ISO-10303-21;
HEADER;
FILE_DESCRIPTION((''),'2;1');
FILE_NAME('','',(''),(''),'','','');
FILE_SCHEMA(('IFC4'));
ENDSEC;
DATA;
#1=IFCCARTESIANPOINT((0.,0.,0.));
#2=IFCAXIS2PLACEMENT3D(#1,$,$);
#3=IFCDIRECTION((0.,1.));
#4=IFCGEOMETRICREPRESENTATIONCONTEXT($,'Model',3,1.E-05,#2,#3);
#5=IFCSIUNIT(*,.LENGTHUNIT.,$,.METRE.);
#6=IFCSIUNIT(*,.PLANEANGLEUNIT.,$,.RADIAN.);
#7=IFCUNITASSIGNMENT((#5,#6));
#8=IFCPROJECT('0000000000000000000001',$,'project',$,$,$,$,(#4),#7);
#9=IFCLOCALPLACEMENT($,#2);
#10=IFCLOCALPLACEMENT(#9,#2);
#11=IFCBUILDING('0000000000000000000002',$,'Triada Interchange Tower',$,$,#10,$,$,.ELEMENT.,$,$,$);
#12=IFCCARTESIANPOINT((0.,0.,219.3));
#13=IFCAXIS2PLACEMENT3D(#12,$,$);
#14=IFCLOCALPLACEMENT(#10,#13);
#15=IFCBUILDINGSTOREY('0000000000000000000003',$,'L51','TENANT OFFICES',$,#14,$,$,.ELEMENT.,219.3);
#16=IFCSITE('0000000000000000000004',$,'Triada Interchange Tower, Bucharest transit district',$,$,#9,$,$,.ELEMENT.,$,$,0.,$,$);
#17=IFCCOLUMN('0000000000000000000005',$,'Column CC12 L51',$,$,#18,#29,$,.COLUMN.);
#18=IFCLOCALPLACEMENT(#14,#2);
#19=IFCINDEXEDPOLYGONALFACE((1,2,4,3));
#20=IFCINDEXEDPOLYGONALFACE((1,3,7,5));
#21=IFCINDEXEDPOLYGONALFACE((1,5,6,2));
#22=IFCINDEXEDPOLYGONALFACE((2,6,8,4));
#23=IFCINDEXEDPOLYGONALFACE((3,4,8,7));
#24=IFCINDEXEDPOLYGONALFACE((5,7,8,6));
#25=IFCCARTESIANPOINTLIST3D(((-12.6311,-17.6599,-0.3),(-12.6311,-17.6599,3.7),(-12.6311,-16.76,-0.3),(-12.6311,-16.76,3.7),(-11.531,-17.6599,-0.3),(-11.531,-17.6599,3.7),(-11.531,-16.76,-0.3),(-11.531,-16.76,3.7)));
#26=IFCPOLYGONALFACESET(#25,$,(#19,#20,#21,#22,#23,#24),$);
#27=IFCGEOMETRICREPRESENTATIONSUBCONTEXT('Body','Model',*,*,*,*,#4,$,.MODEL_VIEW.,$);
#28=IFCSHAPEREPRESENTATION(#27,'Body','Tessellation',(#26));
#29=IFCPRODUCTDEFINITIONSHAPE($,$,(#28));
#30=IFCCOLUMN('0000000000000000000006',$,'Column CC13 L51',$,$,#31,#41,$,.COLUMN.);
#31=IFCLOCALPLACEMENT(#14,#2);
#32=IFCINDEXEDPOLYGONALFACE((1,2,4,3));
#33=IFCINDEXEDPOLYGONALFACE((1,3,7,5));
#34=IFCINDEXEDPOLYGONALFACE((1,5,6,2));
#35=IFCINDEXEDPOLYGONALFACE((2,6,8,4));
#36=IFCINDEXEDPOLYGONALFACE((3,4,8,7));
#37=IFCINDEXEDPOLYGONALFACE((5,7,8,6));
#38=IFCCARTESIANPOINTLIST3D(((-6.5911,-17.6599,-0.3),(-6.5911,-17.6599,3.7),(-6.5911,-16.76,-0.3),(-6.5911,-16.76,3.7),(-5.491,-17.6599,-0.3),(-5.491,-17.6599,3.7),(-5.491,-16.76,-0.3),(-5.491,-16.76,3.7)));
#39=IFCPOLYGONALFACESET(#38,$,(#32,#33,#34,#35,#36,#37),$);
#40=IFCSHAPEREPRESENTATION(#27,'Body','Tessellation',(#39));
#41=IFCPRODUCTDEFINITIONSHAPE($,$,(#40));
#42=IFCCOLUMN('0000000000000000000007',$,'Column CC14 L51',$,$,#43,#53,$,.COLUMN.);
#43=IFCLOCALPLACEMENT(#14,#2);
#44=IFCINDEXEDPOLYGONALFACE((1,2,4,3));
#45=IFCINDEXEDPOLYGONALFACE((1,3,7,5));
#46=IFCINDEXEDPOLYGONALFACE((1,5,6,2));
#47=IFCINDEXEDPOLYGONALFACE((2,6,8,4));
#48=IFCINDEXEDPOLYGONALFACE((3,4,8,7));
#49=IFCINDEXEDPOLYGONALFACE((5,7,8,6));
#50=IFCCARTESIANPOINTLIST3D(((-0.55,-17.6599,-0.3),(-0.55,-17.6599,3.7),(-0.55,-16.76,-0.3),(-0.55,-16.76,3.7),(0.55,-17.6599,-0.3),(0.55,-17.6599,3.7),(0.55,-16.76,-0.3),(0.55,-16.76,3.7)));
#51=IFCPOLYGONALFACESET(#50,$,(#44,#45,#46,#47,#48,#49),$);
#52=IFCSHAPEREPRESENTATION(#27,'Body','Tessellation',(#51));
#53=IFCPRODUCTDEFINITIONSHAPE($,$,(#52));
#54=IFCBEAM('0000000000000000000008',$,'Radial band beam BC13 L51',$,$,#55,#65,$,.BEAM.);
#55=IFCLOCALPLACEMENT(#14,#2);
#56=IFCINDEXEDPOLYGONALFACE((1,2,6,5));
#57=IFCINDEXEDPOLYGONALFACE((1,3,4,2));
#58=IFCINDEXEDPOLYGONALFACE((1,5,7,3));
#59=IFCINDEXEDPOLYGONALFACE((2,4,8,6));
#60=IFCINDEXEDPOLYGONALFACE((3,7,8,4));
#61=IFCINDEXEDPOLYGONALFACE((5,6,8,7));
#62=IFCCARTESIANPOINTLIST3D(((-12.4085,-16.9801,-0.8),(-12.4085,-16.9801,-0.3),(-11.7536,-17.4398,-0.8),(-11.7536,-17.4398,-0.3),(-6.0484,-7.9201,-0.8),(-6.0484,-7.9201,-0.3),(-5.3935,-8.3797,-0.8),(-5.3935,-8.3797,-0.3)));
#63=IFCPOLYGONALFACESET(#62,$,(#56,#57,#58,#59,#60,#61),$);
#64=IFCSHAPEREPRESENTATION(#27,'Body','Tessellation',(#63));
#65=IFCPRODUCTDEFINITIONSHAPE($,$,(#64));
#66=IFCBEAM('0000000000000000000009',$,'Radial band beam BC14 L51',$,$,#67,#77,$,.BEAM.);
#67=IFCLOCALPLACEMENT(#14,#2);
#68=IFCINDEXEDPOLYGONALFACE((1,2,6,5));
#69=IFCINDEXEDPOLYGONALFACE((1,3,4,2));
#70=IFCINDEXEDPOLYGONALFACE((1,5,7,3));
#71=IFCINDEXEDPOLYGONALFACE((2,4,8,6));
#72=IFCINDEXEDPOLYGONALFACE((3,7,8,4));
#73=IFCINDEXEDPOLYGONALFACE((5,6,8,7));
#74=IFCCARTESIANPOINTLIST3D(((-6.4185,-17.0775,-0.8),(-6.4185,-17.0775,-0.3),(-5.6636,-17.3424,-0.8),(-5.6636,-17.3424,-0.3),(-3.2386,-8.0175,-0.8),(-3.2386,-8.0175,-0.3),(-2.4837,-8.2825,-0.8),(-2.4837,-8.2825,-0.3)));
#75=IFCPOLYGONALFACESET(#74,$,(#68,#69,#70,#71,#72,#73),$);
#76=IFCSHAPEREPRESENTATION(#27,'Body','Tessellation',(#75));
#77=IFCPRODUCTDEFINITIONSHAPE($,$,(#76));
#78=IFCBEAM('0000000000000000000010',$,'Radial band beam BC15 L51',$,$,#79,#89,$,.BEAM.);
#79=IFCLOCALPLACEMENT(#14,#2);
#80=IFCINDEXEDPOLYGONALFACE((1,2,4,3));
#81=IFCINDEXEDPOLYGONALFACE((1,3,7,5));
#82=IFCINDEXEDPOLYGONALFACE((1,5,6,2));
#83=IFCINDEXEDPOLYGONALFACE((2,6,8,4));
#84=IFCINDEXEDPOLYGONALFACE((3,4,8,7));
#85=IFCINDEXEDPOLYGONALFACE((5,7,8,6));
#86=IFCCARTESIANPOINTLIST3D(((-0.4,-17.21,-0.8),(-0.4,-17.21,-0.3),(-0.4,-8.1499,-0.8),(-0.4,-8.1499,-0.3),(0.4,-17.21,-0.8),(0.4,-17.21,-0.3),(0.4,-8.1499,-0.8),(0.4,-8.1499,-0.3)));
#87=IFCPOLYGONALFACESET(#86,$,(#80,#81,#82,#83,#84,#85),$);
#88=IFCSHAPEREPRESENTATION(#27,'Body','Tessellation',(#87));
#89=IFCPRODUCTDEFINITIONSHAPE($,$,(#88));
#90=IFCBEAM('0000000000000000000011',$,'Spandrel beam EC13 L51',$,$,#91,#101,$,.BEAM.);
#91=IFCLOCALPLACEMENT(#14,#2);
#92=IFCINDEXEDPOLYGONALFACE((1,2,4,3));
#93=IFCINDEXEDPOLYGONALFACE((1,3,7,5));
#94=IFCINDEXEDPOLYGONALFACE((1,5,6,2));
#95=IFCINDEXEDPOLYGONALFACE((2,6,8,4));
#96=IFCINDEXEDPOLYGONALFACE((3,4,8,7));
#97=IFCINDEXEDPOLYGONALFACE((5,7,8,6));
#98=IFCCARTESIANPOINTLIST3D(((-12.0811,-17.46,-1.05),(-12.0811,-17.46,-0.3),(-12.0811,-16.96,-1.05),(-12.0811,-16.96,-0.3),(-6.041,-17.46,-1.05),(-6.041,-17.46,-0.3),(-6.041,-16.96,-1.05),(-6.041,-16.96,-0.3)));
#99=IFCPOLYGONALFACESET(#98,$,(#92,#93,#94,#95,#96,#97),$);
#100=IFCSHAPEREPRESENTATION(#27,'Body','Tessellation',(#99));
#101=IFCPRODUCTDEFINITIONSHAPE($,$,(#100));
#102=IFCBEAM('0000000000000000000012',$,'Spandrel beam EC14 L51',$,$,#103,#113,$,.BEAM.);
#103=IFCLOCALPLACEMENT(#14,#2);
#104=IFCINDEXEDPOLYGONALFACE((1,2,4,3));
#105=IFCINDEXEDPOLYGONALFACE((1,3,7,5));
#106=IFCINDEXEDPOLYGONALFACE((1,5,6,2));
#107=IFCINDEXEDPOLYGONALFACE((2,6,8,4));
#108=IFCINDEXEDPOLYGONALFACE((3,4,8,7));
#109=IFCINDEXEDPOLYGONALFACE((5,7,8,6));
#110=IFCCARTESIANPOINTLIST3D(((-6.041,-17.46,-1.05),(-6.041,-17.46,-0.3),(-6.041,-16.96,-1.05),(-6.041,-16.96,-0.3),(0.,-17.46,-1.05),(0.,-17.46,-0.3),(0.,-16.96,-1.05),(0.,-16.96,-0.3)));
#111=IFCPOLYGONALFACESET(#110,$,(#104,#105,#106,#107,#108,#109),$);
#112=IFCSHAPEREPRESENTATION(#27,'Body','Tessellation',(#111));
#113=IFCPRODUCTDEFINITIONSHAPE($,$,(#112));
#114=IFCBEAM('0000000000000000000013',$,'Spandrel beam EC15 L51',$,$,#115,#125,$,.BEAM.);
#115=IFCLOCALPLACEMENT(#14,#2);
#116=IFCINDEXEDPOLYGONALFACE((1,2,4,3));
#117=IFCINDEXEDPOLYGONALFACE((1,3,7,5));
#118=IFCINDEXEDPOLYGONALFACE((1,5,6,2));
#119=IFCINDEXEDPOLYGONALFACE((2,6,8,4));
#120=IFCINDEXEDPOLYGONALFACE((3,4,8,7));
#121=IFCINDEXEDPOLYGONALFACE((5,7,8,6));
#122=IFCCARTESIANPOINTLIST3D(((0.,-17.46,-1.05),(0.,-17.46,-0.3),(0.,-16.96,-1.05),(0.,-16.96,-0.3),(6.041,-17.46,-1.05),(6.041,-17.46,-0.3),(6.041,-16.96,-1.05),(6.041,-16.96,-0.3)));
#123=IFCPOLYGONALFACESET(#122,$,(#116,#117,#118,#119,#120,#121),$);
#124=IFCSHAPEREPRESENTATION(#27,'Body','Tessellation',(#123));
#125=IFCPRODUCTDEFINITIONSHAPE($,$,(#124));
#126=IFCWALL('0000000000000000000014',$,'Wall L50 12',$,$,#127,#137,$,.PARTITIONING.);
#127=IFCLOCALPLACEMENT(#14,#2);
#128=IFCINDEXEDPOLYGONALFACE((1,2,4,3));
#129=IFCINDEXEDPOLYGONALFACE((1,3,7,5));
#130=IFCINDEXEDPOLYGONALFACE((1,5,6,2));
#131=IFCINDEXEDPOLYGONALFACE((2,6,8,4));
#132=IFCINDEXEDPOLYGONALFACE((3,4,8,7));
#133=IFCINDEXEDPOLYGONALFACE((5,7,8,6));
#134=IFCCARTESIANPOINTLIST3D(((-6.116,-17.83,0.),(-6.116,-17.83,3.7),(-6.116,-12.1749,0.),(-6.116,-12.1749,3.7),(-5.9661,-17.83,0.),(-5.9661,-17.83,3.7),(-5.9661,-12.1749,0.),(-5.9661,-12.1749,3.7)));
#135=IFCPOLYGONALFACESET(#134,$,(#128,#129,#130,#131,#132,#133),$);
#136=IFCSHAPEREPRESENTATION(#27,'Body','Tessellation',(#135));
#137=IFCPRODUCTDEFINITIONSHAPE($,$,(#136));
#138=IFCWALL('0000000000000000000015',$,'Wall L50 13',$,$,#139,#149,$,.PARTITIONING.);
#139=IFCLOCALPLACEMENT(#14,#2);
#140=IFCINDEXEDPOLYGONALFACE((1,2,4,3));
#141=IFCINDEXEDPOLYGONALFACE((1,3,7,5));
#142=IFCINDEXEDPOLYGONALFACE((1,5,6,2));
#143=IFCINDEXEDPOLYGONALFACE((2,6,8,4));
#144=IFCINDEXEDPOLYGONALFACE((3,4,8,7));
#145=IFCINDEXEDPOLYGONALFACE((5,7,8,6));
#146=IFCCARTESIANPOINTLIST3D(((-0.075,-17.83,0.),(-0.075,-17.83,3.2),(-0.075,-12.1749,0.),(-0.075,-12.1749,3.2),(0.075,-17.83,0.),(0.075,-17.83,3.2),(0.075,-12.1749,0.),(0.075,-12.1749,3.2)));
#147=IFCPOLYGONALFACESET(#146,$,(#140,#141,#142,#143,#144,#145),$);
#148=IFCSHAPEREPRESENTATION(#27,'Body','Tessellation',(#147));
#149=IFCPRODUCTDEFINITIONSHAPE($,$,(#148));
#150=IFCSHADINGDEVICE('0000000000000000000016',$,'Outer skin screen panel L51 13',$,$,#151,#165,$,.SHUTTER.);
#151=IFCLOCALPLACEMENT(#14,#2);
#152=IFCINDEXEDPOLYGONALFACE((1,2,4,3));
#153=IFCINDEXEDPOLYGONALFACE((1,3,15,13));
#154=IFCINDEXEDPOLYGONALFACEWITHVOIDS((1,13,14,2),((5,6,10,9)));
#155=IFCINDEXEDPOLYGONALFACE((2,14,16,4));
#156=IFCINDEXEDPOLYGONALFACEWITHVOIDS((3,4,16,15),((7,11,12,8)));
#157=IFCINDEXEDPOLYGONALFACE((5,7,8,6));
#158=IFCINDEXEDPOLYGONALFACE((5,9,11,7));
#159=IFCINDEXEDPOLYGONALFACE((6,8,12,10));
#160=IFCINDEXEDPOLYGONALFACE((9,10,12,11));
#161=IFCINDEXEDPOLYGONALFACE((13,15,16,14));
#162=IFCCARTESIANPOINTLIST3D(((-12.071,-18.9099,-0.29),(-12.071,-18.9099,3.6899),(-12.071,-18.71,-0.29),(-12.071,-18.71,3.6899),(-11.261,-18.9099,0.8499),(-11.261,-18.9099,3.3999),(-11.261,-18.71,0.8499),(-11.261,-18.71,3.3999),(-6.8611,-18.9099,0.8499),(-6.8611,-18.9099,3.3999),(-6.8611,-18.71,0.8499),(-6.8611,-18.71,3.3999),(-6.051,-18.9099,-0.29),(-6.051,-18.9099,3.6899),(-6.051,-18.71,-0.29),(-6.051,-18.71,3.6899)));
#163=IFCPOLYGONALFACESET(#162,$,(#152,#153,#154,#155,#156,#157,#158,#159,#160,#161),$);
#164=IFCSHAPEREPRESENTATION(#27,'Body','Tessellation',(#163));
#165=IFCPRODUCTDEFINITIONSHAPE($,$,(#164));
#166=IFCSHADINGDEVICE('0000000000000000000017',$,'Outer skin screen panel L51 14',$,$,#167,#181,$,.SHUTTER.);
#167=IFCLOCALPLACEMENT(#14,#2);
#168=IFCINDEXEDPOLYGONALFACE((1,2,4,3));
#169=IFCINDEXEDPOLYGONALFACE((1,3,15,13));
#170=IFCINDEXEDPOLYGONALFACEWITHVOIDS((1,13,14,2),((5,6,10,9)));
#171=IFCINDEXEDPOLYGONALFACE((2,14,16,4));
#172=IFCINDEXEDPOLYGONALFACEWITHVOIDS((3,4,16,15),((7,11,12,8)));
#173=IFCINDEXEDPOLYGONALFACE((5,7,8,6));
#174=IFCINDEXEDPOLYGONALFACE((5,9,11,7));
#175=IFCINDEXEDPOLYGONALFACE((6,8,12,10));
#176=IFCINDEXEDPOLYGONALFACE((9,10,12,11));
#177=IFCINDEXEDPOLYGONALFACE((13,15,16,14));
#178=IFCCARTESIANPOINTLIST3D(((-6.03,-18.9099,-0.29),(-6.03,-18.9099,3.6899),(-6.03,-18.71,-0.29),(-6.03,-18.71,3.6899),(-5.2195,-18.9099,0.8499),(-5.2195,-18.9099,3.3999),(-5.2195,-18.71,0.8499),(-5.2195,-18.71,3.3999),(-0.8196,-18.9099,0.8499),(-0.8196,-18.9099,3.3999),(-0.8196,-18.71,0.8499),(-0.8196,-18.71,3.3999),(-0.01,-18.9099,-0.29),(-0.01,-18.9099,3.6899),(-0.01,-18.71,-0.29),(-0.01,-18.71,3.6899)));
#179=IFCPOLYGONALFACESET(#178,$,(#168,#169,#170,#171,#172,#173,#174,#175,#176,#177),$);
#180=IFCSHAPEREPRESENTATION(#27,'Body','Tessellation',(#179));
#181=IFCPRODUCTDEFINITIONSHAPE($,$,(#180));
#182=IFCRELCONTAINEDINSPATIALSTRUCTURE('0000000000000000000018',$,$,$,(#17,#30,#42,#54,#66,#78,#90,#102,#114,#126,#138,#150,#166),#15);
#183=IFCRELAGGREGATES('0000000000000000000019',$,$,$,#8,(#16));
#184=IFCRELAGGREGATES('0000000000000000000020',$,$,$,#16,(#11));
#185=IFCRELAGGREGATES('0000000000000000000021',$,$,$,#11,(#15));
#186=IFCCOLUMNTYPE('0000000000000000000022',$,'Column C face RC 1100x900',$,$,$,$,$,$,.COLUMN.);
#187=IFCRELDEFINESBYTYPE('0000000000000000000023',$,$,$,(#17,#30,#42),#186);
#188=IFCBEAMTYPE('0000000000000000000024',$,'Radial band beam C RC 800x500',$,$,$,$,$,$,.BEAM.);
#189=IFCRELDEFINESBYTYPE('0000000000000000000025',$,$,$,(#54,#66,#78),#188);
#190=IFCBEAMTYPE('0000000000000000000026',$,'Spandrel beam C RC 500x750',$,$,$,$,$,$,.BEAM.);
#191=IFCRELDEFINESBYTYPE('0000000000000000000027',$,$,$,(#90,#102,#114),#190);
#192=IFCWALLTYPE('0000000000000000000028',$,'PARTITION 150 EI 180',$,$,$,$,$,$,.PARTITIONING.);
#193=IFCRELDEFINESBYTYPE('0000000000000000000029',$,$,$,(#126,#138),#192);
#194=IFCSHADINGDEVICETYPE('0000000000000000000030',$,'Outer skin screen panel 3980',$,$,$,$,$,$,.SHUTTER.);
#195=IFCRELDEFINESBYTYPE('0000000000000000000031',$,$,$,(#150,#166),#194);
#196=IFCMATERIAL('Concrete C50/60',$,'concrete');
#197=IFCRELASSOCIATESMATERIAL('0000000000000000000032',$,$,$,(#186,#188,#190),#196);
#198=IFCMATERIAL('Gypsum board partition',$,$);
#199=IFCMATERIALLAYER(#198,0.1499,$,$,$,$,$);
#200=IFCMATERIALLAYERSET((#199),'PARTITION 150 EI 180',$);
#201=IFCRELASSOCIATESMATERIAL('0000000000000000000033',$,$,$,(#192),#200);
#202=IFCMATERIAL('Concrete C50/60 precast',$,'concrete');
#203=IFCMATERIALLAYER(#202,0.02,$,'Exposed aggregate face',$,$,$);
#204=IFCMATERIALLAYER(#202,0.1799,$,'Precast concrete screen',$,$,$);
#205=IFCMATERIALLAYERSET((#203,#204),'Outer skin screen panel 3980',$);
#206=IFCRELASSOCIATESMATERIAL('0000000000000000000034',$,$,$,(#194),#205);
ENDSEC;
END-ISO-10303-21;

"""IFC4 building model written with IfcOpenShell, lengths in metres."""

from ifc_helpers import new_model, si_unit, direction, frame, frame_2d, origin, origin_2d, place, context, subcontext, project, spatial, polyline, rectangle, outline, extrude, material, layer, layer_set, material_profile, profile_set, type_object, element, save


model = new_model("IFC4")

# Units and contexts
model_context = context("Model", 3, precision=1e-05, world=origin(), true_north=direction((0.0, 1.0)))
body_context = subcontext(model_context, "Body", "Model", "MODEL_VIEW")
ifc_project = project(units=[si_unit("LENGTHUNIT", "METRE"), si_unit("PLANEANGLEUNIT", "RADIAN")], contexts=[model_context])

# Site, building, storey
site_placement = place(None, origin())
site = spatial("IfcSite", under=ifc_project, at=site_placement, Name="Triada Interchange Tower, Bucharest transit district", CompositionType="ELEMENT", RefElevation=0.0)
building_placement = place(site_placement, origin())
building = spatial("IfcBuilding", under=site, at=building_placement, Name="Triada Interchange Tower", CompositionType="ELEMENT")
storey_placement = place(building_placement, frame((0.0, 0.0, 219.3)))
storey = spatial("IfcBuildingStorey", under=building, at=storey_placement, Name="L51", Description="TENANT OFFICES", CompositionType="ELEMENT", Elevation=219.3)

# Columns
ifc_material_1 = material(Name="Concrete C50/60", Category="concrete")
ifc_material_profile_1 = material_profile(ifc_material_1, rectangle(XDim=1.1001, YDim=0.8999, at=origin_2d()), Name="RC 1100x900")
ifc_profile_set_1 = profile_set([ifc_material_profile_1], Name="Concrete C50/60")
column_type = type_object("IfcColumnType", Name="Column C face RC 1100x900", PredefinedType="COLUMN", material=ifc_profile_set_1)
for number, where, z_axis, x_axis, name in (
    (1, (-12.0811, -17.21, -0.3), (0.0, 0.0, 1.0), (1.0, 0.0, 0.0), "Column CC12 L51"),
    (2, (-6.041, -17.21, -0.3), (0.0, 0.0, 1.0), (1.0, 0.0, 0.0), "Column CC13 L51"),
    (3, (0.0, -17.21, -0.3), (0.0, 0.0, 1.0), (1.0, 0.0, 0.0), "Column CC14 L51"),
):
    element("IfcColumn", number, at=place(storey_placement, frame(where, z_axis=z_axis, x_axis=x_axis)), inside=storey, type_object=column_type, Name=name, PredefinedType="COLUMN", context=body_context, shape_type="SweptSolid", body=[
        extrude(rectangle(XDim=1.1001, YDim=0.8999, at=origin_2d()), origin(), (0.0, 0.0, 1.0), 4.0),
    ])

# Beams
ifc_material_profile_2 = material_profile(ifc_material_1, rectangle(XDim=0.8, YDim=0.5, at=origin_2d()), Name="RC 800x500")
ifc_profile_set_2 = profile_set([ifc_material_profile_2], Name="Concrete C50/60")
beam_type_1 = type_object("IfcBeamType", Name="Radial band beam C RC 800x500", PredefinedType="BEAM", material=ifc_profile_set_2)
beam_1_placement = place(storey_placement, frame((-12.0811, -17.21, -0.55), z_axis=(0.574557, 0.818464, 0.0), x_axis=(-0.818464, 0.574557, 0.0)))
element("IfcBeam", 4, at=beam_1_placement, inside=storey, type_object=beam_type_1, Name="Radial band beam BC13 L51", PredefinedType="BEAM", context=body_context, shape_type="SweptSolid", body=[
    extrude(rectangle(XDim=0.8, YDim=0.5, at=origin_2d()), origin(), (0.0, 0.0, 1.0), 11.0696),
])
beam_2_placement = place(storey_placement, frame((-6.041, -17.21, -0.55), z_axis=(0.331177, 0.943569, 0.0), x_axis=(-0.943569, 0.331177, 0.0)))
element("IfcBeam", 5, at=beam_2_placement, inside=storey, type_object=beam_type_1, Name="Radial band beam BC14 L51", PredefinedType="BEAM", context=body_context, shape_type="SweptSolid", body=[
    extrude(rectangle(XDim=0.8, YDim=0.5, at=origin_2d()), origin(), (0.0, 0.0, 1.0), 9.6018),
])
beam_3_placement = place(storey_placement, frame((0.0, -17.21, -0.55), z_axis=(0.0, 1.0, 0.0), x_axis=(-1.0, 0.0, 0.0)))
element("IfcBeam", 6, at=beam_3_placement, inside=storey, type_object=beam_type_1, Name="Radial band beam BC15 L51", PredefinedType="BEAM", context=body_context, shape_type="SweptSolid", body=[
    extrude(rectangle(XDim=0.8, YDim=0.5, at=origin_2d()), origin(), (0.0, 0.0, 1.0), 9.0601),
])
ifc_material_profile_3 = material_profile(ifc_material_1, rectangle(XDim=0.5, YDim=0.75, at=origin_2d()), Name="RC 500x750")
ifc_profile_set_3 = profile_set([ifc_material_profile_3], Name="Concrete C50/60")
beam_type_2 = type_object("IfcBeamType", Name="Spandrel beam C RC 500x750", PredefinedType="BEAM", material=ifc_profile_set_3)
beam_4_placement = place(storey_placement, frame((-12.0811, -17.21, -0.675), z_axis=(1.0, 0.0, 0.0), x_axis=(0.0, 1.0, 0.0)))
element("IfcBeam", 7, at=beam_4_placement, inside=storey, type_object=beam_type_2, Name="Spandrel beam EC13 L51", PredefinedType="BEAM", context=body_context, shape_type="SweptSolid", body=[
    extrude(rectangle(XDim=0.5, YDim=0.75, at=origin_2d()), origin(), (0.0, 0.0, 1.0), 6.04),
])
for number, where, z_axis, x_axis, name in (
    (8, (-6.041, -17.21, -0.675), (1.0, 0.0, 0.0), (0.0, 1.0, 0.0), "Spandrel beam EC14 L51"),
    (9, (0.0, -17.21, -0.675), (1.0, 0.0, 0.0), (0.0, 1.0, 0.0), "Spandrel beam EC15 L51"),
):
    element("IfcBeam", number, at=place(storey_placement, frame(where, z_axis=z_axis, x_axis=x_axis)), inside=storey, type_object=beam_type_2, Name=name, PredefinedType="BEAM", context=body_context, shape_type="SweptSolid", body=[
        extrude(rectangle(XDim=0.5, YDim=0.75, at=origin_2d()), origin(), (0.0, 0.0, 1.0), 6.041),
    ])

# Walls
ifc_material_2 = material(Name="Gypsum board partition")
ifc_layer_1 = layer(ifc_material_2, 0.1499)
ifc_layer_set_1 = layer_set([ifc_layer_1], Name="PARTITION 150 EI 180")
wall_type_1 = type_object("IfcWallType", Name="PARTITION 150 EI 180", PredefinedType="PARTITIONING", material=ifc_layer_set_1)
wall_1_placement = place(storey_placement, frame((-6.041, -17.8301, 0.0), z_axis=(0.0, 0.0, 1.0), x_axis=(0.0, 1.0, 0.0)))
element("IfcWall", 10, at=wall_1_placement, inside=storey, type_object=wall_type_1, Name="Wall L50 12", PredefinedType="PARTITIONING", context=body_context, shape_type="SweptSolid", body=[
    extrude(rectangle(XDim=5.655, YDim=0.1499, at=frame_2d((2.8276, 0.0))), origin(), (0.0, 0.0, 1.0), 3.7),
])
wall_2_placement = place(storey_placement, frame((0.0, -17.8301, 0.0), z_axis=(0.0, 0.0, 1.0), x_axis=(0.0, 1.0, 0.0)))
element("IfcWall", 11, at=wall_2_placement, inside=storey, type_object=wall_type_1, Name="Wall L50 13", PredefinedType="PARTITIONING", context=body_context, shape_type="SweptSolid", body=[
    extrude(rectangle(XDim=5.655, YDim=0.1499, at=frame_2d((2.8276, 0.0))), origin(), (0.0, 0.0, 1.0), 3.2),
])

# Shading devices
ifc_material_3 = material(Name="Concrete C50/60 precast", Category="concrete")
ifc_layer_2 = layer(ifc_material_3, 0.02, Name="Exposed aggregate face")
ifc_layer_3 = layer(ifc_material_3, 0.1799, Name="Precast concrete screen")
ifc_layer_set_2 = layer_set([ifc_layer_2, ifc_layer_3], Name="Outer skin screen panel 3980")
shading_device_type = type_object("IfcShadingDeviceType", Name="Outer skin screen panel 3980", PredefinedType="SHUTTER", material=ifc_layer_set_2)
shading_device_1_placement = place(storey_placement, frame((-12.071, -18.71, -0.29), z_axis=(0.0, 0.0, 1.0), x_axis=(1.0, 0.0, 0.0)))
element("IfcShadingDevice", 12, at=shading_device_1_placement, inside=storey, type_object=shading_device_type, Name="Outer skin screen panel L51 13", PredefinedType="SHUTTER", context=body_context, shape_type="SweptSolid", body=[
    extrude(outline(polyline([(0.0, 0.0), (6.02, 0.0), (6.02, 3.98), (0.0, 3.98), (0.0, 0.0)]), holes=[polyline([(0.8101, 1.1399), (0.8101, 3.6899), (5.21, 3.6899), (5.21, 1.1399), (0.8101, 1.1399)])]), frame((0.0, 0.0, 0.0), z_axis=(0.0, -1.0, 0.0), x_axis=(1.0, 0.0, 0.0)), (0.0, 0.0, 1.0), 0.2),
])
shading_device_2_placement = place(storey_placement, frame((-6.03, -18.71, -0.29), z_axis=(0.0, 0.0, 1.0), x_axis=(1.0, 0.0, 0.0)))
element("IfcShadingDevice", 13, at=shading_device_2_placement, inside=storey, type_object=shading_device_type, Name="Outer skin screen panel L51 14", PredefinedType="SHUTTER", context=body_context, shape_type="SweptSolid", body=[
    extrude(outline(polyline([(0.0, 0.0), (6.02, 0.0), (6.02, 3.98), (0.0, 3.98), (0.0, 0.0)]), holes=[polyline([(0.8105, 1.1399), (0.8105, 3.6899), (5.2104, 3.6899), (5.2104, 1.1399), (0.8105, 1.1399)])]), frame((0.0, 0.0, 0.0), z_axis=(0.0, -1.0, 0.0), x_axis=(1.0, 0.0, 0.0)), (0.0, 0.0, 1.0), 0.2),
])

save(model, "model.ifc")
